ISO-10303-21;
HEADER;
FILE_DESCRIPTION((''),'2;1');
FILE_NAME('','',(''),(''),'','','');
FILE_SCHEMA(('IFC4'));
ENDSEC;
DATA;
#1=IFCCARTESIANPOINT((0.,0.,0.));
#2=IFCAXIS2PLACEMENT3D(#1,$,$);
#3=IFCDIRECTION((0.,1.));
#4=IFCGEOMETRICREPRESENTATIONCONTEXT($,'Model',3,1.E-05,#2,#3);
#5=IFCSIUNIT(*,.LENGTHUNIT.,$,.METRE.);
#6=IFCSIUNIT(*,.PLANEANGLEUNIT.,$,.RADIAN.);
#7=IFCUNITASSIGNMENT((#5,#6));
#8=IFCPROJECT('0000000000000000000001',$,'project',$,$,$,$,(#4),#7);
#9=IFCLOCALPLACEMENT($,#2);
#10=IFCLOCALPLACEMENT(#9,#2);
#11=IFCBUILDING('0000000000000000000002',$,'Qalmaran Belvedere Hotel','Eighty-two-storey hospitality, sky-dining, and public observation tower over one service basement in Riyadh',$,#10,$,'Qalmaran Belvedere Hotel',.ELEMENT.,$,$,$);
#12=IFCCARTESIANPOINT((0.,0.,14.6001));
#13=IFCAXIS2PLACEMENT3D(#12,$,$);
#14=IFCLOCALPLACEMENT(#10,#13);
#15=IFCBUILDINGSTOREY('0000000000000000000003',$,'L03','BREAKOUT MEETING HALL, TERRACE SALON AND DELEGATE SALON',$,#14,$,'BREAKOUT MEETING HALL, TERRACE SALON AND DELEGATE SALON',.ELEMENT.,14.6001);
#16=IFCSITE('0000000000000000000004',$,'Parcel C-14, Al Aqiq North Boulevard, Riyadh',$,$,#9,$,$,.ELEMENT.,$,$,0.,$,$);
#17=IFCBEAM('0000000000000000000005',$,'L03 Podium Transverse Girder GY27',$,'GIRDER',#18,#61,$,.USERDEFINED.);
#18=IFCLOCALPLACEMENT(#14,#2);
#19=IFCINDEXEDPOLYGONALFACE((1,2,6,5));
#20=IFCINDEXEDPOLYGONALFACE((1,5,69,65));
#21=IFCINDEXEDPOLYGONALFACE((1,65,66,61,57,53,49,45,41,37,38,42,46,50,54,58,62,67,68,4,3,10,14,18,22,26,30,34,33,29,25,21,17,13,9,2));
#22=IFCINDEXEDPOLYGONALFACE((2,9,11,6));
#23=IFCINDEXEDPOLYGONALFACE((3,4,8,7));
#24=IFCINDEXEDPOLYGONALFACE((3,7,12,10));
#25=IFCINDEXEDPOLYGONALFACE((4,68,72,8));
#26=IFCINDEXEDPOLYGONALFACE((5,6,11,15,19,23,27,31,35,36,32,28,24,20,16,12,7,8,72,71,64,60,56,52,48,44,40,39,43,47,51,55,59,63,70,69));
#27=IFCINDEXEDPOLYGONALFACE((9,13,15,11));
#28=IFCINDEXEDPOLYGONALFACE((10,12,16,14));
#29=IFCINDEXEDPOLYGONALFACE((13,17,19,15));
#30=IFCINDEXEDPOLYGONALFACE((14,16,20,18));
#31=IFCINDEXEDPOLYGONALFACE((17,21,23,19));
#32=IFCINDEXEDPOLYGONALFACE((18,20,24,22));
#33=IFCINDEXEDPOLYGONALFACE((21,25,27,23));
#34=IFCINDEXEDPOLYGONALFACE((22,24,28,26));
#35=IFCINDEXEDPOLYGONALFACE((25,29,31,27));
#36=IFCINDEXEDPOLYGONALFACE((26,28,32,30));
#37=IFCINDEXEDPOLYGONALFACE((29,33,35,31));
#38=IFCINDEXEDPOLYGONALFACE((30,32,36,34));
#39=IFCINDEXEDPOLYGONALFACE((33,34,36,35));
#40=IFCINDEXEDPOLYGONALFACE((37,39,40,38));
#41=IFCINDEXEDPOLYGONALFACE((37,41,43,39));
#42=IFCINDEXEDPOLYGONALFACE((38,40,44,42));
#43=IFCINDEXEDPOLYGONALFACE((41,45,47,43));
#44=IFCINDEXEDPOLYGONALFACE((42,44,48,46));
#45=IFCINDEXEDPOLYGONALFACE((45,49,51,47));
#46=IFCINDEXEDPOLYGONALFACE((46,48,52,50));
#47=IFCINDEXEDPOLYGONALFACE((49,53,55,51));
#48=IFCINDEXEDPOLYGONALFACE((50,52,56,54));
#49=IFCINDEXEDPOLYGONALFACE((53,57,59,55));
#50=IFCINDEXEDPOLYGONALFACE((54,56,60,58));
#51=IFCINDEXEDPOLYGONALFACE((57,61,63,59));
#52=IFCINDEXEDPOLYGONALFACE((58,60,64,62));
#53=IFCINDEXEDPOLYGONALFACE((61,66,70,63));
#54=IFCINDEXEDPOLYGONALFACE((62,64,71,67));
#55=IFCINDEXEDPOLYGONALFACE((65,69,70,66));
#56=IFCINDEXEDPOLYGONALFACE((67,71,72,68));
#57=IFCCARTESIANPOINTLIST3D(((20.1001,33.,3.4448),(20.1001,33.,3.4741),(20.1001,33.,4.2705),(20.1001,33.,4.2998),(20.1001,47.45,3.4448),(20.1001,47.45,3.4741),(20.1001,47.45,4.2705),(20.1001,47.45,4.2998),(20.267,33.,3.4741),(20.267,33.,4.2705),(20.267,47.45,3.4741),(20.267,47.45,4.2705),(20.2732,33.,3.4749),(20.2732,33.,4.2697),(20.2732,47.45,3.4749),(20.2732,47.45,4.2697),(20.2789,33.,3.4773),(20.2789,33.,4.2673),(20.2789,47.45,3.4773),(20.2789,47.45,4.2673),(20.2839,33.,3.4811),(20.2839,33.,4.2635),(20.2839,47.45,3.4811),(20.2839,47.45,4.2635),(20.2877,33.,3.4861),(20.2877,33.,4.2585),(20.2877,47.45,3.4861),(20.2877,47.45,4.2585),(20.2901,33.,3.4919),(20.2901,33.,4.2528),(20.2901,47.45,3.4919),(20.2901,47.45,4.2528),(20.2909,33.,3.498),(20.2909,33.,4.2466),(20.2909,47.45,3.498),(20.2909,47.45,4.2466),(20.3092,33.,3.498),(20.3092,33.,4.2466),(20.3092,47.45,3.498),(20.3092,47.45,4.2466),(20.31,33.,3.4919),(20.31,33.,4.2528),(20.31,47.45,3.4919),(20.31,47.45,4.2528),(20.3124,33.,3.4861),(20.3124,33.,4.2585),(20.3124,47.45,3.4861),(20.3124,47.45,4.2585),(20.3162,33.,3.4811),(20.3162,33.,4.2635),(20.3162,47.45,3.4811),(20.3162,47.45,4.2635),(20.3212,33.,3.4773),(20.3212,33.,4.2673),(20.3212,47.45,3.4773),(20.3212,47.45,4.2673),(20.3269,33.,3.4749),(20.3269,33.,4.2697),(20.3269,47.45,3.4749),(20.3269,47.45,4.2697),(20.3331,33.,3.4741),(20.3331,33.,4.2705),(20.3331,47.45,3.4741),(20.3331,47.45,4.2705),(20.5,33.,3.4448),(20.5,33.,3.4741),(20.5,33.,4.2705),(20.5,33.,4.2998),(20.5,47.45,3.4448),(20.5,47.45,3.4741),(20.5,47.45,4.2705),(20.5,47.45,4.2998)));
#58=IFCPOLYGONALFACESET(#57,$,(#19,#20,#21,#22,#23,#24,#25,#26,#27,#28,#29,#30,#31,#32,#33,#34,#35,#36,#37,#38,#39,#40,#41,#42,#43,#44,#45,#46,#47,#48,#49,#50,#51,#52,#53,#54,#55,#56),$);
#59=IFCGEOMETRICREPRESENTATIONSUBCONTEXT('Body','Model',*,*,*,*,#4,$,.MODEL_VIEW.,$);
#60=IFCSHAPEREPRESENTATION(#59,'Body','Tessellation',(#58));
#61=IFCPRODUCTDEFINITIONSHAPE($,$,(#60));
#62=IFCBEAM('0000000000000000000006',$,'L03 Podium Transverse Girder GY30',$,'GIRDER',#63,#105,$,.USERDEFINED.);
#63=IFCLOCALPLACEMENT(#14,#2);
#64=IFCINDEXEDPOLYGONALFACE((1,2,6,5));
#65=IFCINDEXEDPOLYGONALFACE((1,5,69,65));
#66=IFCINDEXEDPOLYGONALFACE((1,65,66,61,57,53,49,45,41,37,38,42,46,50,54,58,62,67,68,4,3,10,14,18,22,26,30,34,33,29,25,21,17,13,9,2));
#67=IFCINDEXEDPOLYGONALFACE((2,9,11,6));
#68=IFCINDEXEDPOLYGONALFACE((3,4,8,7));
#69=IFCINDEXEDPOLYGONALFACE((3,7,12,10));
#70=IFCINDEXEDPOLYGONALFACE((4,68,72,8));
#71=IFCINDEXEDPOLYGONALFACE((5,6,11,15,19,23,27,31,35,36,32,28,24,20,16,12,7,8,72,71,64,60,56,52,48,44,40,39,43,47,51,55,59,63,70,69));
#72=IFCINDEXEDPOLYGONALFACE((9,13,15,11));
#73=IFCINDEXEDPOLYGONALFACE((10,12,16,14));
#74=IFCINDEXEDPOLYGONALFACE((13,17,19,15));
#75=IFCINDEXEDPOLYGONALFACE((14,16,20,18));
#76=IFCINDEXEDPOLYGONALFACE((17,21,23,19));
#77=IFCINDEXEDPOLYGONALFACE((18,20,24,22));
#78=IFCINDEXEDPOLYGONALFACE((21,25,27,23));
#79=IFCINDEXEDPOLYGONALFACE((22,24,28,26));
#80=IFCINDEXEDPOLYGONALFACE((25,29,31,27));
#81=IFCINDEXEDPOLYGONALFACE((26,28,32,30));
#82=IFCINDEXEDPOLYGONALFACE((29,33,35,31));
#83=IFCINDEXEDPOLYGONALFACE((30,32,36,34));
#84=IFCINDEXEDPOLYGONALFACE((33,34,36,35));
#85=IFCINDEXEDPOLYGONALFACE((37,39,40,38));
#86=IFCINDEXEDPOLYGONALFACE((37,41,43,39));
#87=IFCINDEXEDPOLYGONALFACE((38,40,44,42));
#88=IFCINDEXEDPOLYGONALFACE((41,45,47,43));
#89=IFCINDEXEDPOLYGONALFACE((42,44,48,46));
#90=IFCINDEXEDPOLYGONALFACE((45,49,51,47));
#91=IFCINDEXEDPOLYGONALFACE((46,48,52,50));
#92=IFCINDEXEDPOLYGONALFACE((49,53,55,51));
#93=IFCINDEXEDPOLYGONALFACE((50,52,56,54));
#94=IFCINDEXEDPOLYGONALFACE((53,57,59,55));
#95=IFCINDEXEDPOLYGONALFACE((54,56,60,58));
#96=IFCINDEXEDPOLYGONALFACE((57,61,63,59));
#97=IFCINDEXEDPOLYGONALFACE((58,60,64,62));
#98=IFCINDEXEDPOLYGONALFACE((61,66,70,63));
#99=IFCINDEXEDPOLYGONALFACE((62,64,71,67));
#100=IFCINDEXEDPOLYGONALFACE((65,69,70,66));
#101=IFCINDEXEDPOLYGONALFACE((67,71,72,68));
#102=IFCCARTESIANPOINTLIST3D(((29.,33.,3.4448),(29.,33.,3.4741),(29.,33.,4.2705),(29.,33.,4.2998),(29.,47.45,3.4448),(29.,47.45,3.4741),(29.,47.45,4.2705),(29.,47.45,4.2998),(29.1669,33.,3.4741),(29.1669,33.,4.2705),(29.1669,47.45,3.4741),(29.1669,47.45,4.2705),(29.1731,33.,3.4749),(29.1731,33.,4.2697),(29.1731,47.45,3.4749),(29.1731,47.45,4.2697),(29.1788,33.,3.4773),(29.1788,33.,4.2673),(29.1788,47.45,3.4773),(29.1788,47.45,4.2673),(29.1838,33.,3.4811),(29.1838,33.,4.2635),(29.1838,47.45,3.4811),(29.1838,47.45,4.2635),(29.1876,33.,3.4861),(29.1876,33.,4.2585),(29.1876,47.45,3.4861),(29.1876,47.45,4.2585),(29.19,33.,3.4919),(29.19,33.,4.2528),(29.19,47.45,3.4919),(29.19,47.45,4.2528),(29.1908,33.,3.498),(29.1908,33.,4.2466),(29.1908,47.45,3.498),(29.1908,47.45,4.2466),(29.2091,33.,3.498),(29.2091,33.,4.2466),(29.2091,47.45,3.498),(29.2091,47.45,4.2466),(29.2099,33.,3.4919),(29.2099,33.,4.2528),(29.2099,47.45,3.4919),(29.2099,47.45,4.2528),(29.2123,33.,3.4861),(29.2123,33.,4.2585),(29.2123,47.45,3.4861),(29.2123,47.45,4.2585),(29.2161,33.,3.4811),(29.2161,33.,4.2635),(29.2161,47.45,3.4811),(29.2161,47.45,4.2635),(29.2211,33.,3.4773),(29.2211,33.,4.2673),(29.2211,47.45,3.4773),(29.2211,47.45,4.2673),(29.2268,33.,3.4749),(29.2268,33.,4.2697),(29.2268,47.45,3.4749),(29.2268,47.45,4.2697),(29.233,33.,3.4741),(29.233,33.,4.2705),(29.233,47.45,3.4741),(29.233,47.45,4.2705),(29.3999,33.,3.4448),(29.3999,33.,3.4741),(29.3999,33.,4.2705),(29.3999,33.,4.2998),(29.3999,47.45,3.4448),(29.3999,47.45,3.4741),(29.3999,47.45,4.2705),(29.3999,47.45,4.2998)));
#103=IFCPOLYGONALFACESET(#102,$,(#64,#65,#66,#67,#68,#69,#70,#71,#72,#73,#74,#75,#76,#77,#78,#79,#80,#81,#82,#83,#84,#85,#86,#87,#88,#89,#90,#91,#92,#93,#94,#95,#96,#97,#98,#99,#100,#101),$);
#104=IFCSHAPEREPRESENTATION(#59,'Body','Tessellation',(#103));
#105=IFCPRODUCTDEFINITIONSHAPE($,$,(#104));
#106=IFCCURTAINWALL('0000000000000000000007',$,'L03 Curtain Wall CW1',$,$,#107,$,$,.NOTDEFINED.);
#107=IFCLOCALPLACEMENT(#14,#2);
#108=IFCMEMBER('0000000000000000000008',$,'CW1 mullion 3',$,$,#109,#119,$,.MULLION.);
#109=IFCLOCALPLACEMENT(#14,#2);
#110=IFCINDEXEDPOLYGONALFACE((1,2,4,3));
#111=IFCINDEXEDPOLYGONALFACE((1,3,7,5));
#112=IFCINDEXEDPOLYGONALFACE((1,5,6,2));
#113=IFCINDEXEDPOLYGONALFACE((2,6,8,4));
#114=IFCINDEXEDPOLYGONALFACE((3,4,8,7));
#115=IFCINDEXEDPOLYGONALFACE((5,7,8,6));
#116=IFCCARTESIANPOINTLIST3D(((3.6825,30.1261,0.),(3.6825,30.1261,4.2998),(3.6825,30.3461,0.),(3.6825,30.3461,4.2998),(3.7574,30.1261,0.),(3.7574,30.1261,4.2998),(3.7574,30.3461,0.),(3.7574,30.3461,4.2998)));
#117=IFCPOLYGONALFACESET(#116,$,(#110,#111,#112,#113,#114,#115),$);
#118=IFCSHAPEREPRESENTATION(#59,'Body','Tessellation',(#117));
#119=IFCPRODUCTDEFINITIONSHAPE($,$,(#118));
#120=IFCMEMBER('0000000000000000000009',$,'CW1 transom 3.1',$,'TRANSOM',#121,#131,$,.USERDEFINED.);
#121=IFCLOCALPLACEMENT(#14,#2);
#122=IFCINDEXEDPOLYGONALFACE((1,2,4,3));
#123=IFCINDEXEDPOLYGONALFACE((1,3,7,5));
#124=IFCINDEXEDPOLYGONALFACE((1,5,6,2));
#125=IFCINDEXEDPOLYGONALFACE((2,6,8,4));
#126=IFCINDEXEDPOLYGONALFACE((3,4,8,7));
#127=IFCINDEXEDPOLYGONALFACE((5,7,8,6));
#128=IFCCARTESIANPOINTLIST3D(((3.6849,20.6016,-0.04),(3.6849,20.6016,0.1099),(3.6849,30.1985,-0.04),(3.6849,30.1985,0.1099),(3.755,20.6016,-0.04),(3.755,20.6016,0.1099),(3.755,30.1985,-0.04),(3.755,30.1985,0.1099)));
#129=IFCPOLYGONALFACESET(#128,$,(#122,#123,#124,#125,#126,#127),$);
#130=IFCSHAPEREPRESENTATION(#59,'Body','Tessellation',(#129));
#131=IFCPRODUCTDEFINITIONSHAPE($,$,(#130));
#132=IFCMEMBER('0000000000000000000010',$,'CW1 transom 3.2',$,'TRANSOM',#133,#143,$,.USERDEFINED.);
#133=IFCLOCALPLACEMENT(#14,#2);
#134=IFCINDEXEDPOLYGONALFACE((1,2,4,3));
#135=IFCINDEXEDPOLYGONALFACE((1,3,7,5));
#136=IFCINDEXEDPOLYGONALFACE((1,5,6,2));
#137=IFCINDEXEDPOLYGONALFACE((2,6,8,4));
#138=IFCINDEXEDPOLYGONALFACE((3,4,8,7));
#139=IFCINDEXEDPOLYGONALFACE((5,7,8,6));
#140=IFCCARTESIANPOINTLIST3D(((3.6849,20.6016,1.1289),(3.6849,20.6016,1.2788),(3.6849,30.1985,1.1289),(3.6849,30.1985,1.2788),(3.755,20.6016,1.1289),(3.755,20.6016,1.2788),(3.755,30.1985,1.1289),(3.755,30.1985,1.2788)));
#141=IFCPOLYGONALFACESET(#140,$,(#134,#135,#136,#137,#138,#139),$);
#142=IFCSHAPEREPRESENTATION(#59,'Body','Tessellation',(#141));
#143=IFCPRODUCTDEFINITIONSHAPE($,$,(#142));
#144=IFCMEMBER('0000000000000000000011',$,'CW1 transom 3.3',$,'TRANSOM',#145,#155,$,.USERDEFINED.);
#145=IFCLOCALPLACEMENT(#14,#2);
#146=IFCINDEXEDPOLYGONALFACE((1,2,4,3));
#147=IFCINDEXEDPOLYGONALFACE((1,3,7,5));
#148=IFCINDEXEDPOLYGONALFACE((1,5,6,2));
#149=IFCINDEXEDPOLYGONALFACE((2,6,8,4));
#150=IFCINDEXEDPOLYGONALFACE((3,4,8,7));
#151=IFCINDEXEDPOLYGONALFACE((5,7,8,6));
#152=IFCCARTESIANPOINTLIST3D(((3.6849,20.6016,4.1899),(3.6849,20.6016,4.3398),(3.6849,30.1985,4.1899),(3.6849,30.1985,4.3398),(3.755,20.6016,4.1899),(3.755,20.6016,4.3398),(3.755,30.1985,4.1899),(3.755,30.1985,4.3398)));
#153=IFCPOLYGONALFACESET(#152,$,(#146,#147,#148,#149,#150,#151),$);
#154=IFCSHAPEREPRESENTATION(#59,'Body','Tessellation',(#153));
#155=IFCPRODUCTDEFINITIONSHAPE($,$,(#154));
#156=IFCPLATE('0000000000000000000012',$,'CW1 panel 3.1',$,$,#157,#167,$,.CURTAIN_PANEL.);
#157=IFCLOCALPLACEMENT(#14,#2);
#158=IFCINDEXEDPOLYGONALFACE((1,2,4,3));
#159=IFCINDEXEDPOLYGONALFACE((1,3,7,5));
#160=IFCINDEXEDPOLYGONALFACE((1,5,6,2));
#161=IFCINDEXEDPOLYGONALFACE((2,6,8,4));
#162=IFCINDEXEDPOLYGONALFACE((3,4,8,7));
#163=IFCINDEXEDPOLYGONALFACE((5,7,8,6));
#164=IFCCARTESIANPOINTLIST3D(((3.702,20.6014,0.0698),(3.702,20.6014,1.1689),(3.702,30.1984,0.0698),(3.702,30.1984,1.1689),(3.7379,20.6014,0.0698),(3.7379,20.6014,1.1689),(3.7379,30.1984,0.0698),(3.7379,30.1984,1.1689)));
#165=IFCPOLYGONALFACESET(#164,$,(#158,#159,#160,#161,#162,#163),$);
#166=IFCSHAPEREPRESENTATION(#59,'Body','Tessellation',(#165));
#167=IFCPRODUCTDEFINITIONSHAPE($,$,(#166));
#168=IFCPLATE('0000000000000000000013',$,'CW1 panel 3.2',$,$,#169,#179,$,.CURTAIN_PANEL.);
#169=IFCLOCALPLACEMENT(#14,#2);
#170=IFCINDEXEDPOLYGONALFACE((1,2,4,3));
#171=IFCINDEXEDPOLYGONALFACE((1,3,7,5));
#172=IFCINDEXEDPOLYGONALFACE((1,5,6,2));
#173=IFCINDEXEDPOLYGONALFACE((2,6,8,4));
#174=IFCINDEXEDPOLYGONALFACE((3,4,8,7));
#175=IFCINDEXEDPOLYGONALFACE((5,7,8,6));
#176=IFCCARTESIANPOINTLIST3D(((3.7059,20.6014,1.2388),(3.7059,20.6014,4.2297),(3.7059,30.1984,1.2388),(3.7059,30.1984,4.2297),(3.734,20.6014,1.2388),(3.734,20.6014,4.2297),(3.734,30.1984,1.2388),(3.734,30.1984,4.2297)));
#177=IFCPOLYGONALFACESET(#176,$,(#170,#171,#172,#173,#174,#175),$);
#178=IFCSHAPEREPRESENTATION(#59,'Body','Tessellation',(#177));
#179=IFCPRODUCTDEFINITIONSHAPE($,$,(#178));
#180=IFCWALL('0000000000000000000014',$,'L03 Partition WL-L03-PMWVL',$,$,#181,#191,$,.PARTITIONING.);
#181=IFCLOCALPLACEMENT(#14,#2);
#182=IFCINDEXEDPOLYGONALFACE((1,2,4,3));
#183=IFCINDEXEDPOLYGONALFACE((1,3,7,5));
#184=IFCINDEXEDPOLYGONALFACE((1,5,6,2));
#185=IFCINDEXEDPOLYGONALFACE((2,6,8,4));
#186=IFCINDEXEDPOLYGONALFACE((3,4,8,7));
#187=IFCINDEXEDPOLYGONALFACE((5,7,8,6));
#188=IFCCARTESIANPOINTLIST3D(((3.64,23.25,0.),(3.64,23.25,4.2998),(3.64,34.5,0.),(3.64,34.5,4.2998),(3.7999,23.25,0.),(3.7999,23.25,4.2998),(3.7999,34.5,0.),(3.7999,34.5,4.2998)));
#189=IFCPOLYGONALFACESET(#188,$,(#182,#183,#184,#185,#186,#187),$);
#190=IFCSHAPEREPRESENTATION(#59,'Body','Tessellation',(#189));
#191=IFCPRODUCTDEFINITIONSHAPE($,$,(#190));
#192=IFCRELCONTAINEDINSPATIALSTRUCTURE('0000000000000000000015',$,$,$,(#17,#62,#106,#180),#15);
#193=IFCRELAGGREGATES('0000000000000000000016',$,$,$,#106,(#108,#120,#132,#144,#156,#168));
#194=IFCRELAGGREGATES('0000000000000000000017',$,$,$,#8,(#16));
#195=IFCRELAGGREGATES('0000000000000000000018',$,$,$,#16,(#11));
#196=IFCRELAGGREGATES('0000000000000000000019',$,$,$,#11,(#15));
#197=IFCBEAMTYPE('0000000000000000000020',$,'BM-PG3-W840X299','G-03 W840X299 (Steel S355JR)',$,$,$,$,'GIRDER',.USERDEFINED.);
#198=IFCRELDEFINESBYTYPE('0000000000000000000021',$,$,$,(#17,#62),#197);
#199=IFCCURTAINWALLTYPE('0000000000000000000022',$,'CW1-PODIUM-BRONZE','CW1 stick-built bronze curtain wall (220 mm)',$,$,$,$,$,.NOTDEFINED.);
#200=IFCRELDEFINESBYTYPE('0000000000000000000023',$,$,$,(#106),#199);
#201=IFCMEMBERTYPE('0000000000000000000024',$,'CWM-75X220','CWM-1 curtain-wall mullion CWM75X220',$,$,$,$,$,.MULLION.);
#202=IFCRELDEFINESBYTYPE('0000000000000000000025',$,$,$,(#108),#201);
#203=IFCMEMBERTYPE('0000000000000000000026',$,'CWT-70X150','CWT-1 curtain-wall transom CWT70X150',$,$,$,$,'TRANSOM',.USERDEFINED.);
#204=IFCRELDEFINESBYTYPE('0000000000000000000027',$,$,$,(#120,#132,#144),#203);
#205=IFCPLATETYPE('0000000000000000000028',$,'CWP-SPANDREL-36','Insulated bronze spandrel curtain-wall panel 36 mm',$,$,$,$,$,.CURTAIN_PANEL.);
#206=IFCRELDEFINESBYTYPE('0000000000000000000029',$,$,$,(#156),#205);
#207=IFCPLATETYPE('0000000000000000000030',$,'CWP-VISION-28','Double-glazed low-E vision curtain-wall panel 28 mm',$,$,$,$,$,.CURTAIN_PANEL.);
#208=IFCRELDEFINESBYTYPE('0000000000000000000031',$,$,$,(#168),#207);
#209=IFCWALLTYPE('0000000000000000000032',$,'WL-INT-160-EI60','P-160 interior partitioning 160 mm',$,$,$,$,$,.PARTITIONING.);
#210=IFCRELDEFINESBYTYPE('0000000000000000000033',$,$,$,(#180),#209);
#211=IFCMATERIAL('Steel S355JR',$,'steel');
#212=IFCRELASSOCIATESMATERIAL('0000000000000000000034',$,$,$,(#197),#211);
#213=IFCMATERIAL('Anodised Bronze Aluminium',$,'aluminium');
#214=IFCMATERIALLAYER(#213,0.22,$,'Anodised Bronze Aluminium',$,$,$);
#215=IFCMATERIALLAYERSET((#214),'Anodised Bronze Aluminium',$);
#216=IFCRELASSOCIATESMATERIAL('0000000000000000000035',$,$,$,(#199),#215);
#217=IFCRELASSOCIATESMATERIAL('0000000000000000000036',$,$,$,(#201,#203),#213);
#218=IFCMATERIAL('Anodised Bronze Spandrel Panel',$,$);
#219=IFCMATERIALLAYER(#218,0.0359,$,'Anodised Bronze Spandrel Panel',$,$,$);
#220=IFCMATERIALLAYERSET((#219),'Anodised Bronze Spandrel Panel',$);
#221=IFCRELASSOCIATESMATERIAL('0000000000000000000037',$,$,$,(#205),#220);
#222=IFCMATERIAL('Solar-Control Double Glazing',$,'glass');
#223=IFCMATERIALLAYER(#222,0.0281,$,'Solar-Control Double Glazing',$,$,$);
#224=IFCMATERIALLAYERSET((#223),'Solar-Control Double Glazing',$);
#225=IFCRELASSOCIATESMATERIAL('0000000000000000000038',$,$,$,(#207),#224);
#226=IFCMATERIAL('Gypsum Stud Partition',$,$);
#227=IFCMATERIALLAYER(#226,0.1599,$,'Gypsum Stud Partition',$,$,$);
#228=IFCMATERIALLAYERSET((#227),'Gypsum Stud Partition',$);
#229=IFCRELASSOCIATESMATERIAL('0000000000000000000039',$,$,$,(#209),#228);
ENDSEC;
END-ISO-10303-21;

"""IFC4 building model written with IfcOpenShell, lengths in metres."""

from ifc_helpers import new_model, si_unit, direction, frame, frame_2d, origin, origin_2d, place, context, subcontext, project, spatial, rectangle, i_section, extrude, material, layer, layer_set, material_profile, profile_set, type_object, element, aggregate, save


model = new_model("IFC4")

# Units and contexts
model_context = context("Model", 3, precision=1e-05, world=origin(), true_north=direction((0.0, 1.0)))
body_context = subcontext(model_context, "Body", "Model", "MODEL_VIEW")
ifc_project = project(units=[si_unit("LENGTHUNIT", "METRE"), si_unit("PLANEANGLEUNIT", "RADIAN")], contexts=[model_context])

# Site, building, storey
site_placement = place(None, origin())
site = spatial("IfcSite", under=ifc_project, at=site_placement, Name="Parcel C-14, Al Aqiq North Boulevard, Riyadh", CompositionType="ELEMENT", RefElevation=0.0)
building_placement = place(site_placement, origin())
building = spatial("IfcBuilding", under=site, at=building_placement, Name="Qalmaran Belvedere Hotel", Description="Eighty-two-storey hospitality, sky-dining, and public observation tower over one service basement in Riyadh", LongName="Qalmaran Belvedere Hotel", CompositionType="ELEMENT")
storey_placement = place(building_placement, frame((0.0, 0.0, 14.6001)))
storey = spatial("IfcBuildingStorey", under=building, at=storey_placement, Name="L03", Description="BREAKOUT MEETING HALL, TERRACE SALON AND DELEGATE SALON", LongName="BREAKOUT MEETING HALL, TERRACE SALON AND DELEGATE SALON", CompositionType="ELEMENT", Elevation=14.6001)

# Beams
ifc_material_1 = material(Name="Steel S355JR", Category="steel")
ifc_material_profile_1 = material_profile(ifc_material_1, i_section(OverallWidth=0.3999, OverallDepth=0.855, WebThickness=0.0183, FlangeThickness=0.0293, FilletRadius=0.0239, at=origin_2d()), Name="W840X299")
ifc_profile_set_1 = profile_set([ifc_material_profile_1], Name="Steel S355JR")
beam_type_1 = type_object("IfcBeamType", Name="BM-PG3-W840X299", Description="G-03 W840X299 (Steel S355JR)", ElementType="GIRDER", PredefinedType="USERDEFINED", material=ifc_profile_set_1)
for number, where, z_axis, x_axis, name in (
    (1, (20.3, 33.0, 3.8723), (0.0, 1.0, 0.0), (-1.0, 0.0, 0.0), "L03 Podium Transverse Girder GY27"),
    (2, (29.2, 33.0, 3.8723), (0.0, 1.0, 0.0), (-1.0, 0.0, 0.0), "L03 Podium Transverse Girder GY30"),
):
    element("IfcBeam", number, at=place(storey_placement, frame(where, z_axis=z_axis, x_axis=x_axis)), inside=storey, type_object=beam_type_1, Name=name, ObjectType="GIRDER", PredefinedType="USERDEFINED", context=body_context, shape_type="SweptSolid", body=[
        extrude(i_section(OverallWidth=0.3999, OverallDepth=0.855, WebThickness=0.0183, FlangeThickness=0.0293, FilletRadius=0.0239, at=origin_2d()), origin(), (0.0, 0.0, 1.0), 14.45),
    ])

# Curtain wall, members, plates
ifc_material_2 = material(Name="Anodised Bronze Aluminium", Category="aluminium")
ifc_layer_1 = layer(ifc_material_2, 0.22, Name="Anodised Bronze Aluminium")
ifc_layer_set_1 = layer_set([ifc_layer_1], Name="Anodised Bronze Aluminium")
curtain_wall_type = type_object("IfcCurtainWallType", Name="CW1-PODIUM-BRONZE", Description="CW1 stick-built bronze curtain wall (220 mm)", PredefinedType="NOTDEFINED", material=ifc_layer_set_1)
curtain_wall_placement = place(storey_placement, origin())
curtain_wall = element("IfcCurtainWall", 3, at=curtain_wall_placement, inside=storey, type_object=curtain_wall_type, Name="L03 Curtain Wall CW1", PredefinedType="NOTDEFINED")
ifc_material_profile_2 = material_profile(ifc_material_2, rectangle(XDim=0.075, YDim=0.22, at=origin_2d()), Name="CWM75X220")
ifc_profile_set_2 = profile_set([ifc_material_profile_2], Name="Anodised Bronze Aluminium")
member_type_1 = type_object("IfcMemberType", Name="CWM-75X220", Description="CWM-1 curtain-wall mullion CWM75X220", PredefinedType="MULLION", material=ifc_profile_set_2)
member_1_placement = place(storey_placement, frame((3.72, 30.2361, 0.0), z_axis=(0.0, 0.0, 1.0), x_axis=(1.0, 0.0, 0.0)))
member_1 = element("IfcMember", 4, at=member_1_placement, type_object=member_type_1, Name="CW1 mullion 3", PredefinedType="MULLION", context=body_context, shape_type="SweptSolid", body=[
    extrude(rectangle(XDim=0.075, YDim=0.22, at=origin_2d()), origin(), (0.0, 0.0, 1.0), 4.2998),
])
ifc_material_profile_3 = material_profile(ifc_material_2, rectangle(XDim=0.0701, YDim=0.1499, at=origin_2d()), Name="CWT70X150")
ifc_profile_set_3 = profile_set([ifc_material_profile_3], Name="Anodised Bronze Aluminium")
member_type_2 = type_object("IfcMemberType", Name="CWT-70X150", Description="CWT-1 curtain-wall transom CWT70X150", ElementType="TRANSOM", PredefinedType="USERDEFINED", material=ifc_profile_set_3)
member_2_placement = place(storey_placement, frame((3.72, 30.1985, 0.0349), z_axis=(0.0, -1.0, 0.0), x_axis=(1.0, 0.0, 0.0)))
member_2 = element("IfcMember", 5, at=member_2_placement, type_object=member_type_2, Name="CW1 transom 3.1", ObjectType="TRANSOM", PredefinedType="USERDEFINED", context=body_context, shape_type="SweptSolid", body=[
    extrude(rectangle(XDim=0.0701, YDim=0.1499, at=origin_2d()), origin(), (0.0, 0.0, 1.0), 9.5969),
])
member_3_placement = place(storey_placement, frame((3.72, 30.1985, 1.2039), z_axis=(0.0, -1.0, 0.0), x_axis=(1.0, 0.0, 0.0)))
member_3 = element("IfcMember", 6, at=member_3_placement, type_object=member_type_2, Name="CW1 transom 3.2", ObjectType="TRANSOM", PredefinedType="USERDEFINED", context=body_context, shape_type="SweptSolid", body=[
    extrude(rectangle(XDim=0.0701, YDim=0.1499, at=origin_2d()), origin(), (0.0, 0.0, 1.0), 9.5969),
])
member_4_placement = place(storey_placement, frame((3.72, 30.1985, 4.2649), z_axis=(0.0, -1.0, 0.0), x_axis=(1.0, 0.0, 0.0)))
member_4 = element("IfcMember", 7, at=member_4_placement, type_object=member_type_2, Name="CW1 transom 3.3", ObjectType="TRANSOM", PredefinedType="USERDEFINED", context=body_context, shape_type="SweptSolid", body=[
    extrude(rectangle(XDim=0.0701, YDim=0.1499, at=origin_2d()), origin(), (0.0, 0.0, 1.0), 9.5969),
])
ifc_material_3 = material(Name="Anodised Bronze Spandrel Panel")
ifc_layer_2 = layer(ifc_material_3, 0.0359, Name="Anodised Bronze Spandrel Panel")
ifc_layer_set_2 = layer_set([ifc_layer_2], Name="Anodised Bronze Spandrel Panel")
plate_type_1 = type_object("IfcPlateType", Name="CWP-SPANDREL-36", Description="Insulated bronze spandrel curtain-wall panel 36 mm", PredefinedType="CURTAIN_PANEL", material=ifc_layer_set_2)
plate_1_placement = place(storey_placement, frame((3.72, 25.3999, 0.0698), z_axis=(0.0, 0.0, 1.0), x_axis=(0.0, -1.0, 0.0)))
plate_1 = element("IfcPlate", 8, at=plate_1_placement, type_object=plate_type_1, Name="CW1 panel 3.1", PredefinedType="CURTAIN_PANEL", context=body_context, shape_type="SweptSolid", body=[
    extrude(rectangle(XDim=9.5969, YDim=0.0359, at=origin_2d()), origin(), (0.0, 0.0, 1.0), 1.0991),
])
ifc_material_4 = material(Name="Solar-Control Double Glazing", Category="glass")
ifc_layer_3 = layer(ifc_material_4, 0.0281, Name="Solar-Control Double Glazing")
ifc_layer_set_3 = layer_set([ifc_layer_3], Name="Solar-Control Double Glazing")
plate_type_2 = type_object("IfcPlateType", Name="CWP-VISION-28", Description="Double-glazed low-E vision curtain-wall panel 28 mm", PredefinedType="CURTAIN_PANEL", material=ifc_layer_set_3)
plate_2_placement = place(storey_placement, frame((3.72, 25.3999, 1.2388), z_axis=(0.0, 0.0, 1.0), x_axis=(0.0, -1.0, 0.0)))
plate_2 = element("IfcPlate", 9, at=plate_2_placement, type_object=plate_type_2, Name="CW1 panel 3.2", PredefinedType="CURTAIN_PANEL", context=body_context, shape_type="SweptSolid", body=[
    extrude(rectangle(XDim=9.5969, YDim=0.0281, at=origin_2d()), origin(), (0.0, 0.0, 1.0), 2.991),
])
aggregate(curtain_wall, [member_1, member_2, member_3, member_4, plate_1, plate_2])

# Wall
ifc_material_5 = material(Name="Gypsum Stud Partition")
ifc_layer_4 = layer(ifc_material_5, 0.1599, Name="Gypsum Stud Partition")
ifc_layer_set_4 = layer_set([ifc_layer_4], Name="Gypsum Stud Partition")
wall_type_1 = type_object("IfcWallType", Name="WL-INT-160-EI60", Description="P-160 interior partitioning 160 mm", PredefinedType="PARTITIONING", material=ifc_layer_set_4)
wall_1_placement = place(storey_placement, frame((3.72, 23.25, 0.0), z_axis=(0.0, 0.0, 1.0), x_axis=(0.0, 1.0, 0.0)))
element("IfcWall", 10, at=wall_1_placement, inside=storey, type_object=wall_type_1, Name="L03 Partition WL-L03-PMWVL", PredefinedType="PARTITIONING", context=body_context, shape_type="SweptSolid", body=[
    extrude(rectangle(XDim=11.25, YDim=0.1599, at=frame_2d((5.625, 0.0))), origin(), (0.0, 0.0, 1.0), 4.2998),
])

save(model, "model.ifc")
